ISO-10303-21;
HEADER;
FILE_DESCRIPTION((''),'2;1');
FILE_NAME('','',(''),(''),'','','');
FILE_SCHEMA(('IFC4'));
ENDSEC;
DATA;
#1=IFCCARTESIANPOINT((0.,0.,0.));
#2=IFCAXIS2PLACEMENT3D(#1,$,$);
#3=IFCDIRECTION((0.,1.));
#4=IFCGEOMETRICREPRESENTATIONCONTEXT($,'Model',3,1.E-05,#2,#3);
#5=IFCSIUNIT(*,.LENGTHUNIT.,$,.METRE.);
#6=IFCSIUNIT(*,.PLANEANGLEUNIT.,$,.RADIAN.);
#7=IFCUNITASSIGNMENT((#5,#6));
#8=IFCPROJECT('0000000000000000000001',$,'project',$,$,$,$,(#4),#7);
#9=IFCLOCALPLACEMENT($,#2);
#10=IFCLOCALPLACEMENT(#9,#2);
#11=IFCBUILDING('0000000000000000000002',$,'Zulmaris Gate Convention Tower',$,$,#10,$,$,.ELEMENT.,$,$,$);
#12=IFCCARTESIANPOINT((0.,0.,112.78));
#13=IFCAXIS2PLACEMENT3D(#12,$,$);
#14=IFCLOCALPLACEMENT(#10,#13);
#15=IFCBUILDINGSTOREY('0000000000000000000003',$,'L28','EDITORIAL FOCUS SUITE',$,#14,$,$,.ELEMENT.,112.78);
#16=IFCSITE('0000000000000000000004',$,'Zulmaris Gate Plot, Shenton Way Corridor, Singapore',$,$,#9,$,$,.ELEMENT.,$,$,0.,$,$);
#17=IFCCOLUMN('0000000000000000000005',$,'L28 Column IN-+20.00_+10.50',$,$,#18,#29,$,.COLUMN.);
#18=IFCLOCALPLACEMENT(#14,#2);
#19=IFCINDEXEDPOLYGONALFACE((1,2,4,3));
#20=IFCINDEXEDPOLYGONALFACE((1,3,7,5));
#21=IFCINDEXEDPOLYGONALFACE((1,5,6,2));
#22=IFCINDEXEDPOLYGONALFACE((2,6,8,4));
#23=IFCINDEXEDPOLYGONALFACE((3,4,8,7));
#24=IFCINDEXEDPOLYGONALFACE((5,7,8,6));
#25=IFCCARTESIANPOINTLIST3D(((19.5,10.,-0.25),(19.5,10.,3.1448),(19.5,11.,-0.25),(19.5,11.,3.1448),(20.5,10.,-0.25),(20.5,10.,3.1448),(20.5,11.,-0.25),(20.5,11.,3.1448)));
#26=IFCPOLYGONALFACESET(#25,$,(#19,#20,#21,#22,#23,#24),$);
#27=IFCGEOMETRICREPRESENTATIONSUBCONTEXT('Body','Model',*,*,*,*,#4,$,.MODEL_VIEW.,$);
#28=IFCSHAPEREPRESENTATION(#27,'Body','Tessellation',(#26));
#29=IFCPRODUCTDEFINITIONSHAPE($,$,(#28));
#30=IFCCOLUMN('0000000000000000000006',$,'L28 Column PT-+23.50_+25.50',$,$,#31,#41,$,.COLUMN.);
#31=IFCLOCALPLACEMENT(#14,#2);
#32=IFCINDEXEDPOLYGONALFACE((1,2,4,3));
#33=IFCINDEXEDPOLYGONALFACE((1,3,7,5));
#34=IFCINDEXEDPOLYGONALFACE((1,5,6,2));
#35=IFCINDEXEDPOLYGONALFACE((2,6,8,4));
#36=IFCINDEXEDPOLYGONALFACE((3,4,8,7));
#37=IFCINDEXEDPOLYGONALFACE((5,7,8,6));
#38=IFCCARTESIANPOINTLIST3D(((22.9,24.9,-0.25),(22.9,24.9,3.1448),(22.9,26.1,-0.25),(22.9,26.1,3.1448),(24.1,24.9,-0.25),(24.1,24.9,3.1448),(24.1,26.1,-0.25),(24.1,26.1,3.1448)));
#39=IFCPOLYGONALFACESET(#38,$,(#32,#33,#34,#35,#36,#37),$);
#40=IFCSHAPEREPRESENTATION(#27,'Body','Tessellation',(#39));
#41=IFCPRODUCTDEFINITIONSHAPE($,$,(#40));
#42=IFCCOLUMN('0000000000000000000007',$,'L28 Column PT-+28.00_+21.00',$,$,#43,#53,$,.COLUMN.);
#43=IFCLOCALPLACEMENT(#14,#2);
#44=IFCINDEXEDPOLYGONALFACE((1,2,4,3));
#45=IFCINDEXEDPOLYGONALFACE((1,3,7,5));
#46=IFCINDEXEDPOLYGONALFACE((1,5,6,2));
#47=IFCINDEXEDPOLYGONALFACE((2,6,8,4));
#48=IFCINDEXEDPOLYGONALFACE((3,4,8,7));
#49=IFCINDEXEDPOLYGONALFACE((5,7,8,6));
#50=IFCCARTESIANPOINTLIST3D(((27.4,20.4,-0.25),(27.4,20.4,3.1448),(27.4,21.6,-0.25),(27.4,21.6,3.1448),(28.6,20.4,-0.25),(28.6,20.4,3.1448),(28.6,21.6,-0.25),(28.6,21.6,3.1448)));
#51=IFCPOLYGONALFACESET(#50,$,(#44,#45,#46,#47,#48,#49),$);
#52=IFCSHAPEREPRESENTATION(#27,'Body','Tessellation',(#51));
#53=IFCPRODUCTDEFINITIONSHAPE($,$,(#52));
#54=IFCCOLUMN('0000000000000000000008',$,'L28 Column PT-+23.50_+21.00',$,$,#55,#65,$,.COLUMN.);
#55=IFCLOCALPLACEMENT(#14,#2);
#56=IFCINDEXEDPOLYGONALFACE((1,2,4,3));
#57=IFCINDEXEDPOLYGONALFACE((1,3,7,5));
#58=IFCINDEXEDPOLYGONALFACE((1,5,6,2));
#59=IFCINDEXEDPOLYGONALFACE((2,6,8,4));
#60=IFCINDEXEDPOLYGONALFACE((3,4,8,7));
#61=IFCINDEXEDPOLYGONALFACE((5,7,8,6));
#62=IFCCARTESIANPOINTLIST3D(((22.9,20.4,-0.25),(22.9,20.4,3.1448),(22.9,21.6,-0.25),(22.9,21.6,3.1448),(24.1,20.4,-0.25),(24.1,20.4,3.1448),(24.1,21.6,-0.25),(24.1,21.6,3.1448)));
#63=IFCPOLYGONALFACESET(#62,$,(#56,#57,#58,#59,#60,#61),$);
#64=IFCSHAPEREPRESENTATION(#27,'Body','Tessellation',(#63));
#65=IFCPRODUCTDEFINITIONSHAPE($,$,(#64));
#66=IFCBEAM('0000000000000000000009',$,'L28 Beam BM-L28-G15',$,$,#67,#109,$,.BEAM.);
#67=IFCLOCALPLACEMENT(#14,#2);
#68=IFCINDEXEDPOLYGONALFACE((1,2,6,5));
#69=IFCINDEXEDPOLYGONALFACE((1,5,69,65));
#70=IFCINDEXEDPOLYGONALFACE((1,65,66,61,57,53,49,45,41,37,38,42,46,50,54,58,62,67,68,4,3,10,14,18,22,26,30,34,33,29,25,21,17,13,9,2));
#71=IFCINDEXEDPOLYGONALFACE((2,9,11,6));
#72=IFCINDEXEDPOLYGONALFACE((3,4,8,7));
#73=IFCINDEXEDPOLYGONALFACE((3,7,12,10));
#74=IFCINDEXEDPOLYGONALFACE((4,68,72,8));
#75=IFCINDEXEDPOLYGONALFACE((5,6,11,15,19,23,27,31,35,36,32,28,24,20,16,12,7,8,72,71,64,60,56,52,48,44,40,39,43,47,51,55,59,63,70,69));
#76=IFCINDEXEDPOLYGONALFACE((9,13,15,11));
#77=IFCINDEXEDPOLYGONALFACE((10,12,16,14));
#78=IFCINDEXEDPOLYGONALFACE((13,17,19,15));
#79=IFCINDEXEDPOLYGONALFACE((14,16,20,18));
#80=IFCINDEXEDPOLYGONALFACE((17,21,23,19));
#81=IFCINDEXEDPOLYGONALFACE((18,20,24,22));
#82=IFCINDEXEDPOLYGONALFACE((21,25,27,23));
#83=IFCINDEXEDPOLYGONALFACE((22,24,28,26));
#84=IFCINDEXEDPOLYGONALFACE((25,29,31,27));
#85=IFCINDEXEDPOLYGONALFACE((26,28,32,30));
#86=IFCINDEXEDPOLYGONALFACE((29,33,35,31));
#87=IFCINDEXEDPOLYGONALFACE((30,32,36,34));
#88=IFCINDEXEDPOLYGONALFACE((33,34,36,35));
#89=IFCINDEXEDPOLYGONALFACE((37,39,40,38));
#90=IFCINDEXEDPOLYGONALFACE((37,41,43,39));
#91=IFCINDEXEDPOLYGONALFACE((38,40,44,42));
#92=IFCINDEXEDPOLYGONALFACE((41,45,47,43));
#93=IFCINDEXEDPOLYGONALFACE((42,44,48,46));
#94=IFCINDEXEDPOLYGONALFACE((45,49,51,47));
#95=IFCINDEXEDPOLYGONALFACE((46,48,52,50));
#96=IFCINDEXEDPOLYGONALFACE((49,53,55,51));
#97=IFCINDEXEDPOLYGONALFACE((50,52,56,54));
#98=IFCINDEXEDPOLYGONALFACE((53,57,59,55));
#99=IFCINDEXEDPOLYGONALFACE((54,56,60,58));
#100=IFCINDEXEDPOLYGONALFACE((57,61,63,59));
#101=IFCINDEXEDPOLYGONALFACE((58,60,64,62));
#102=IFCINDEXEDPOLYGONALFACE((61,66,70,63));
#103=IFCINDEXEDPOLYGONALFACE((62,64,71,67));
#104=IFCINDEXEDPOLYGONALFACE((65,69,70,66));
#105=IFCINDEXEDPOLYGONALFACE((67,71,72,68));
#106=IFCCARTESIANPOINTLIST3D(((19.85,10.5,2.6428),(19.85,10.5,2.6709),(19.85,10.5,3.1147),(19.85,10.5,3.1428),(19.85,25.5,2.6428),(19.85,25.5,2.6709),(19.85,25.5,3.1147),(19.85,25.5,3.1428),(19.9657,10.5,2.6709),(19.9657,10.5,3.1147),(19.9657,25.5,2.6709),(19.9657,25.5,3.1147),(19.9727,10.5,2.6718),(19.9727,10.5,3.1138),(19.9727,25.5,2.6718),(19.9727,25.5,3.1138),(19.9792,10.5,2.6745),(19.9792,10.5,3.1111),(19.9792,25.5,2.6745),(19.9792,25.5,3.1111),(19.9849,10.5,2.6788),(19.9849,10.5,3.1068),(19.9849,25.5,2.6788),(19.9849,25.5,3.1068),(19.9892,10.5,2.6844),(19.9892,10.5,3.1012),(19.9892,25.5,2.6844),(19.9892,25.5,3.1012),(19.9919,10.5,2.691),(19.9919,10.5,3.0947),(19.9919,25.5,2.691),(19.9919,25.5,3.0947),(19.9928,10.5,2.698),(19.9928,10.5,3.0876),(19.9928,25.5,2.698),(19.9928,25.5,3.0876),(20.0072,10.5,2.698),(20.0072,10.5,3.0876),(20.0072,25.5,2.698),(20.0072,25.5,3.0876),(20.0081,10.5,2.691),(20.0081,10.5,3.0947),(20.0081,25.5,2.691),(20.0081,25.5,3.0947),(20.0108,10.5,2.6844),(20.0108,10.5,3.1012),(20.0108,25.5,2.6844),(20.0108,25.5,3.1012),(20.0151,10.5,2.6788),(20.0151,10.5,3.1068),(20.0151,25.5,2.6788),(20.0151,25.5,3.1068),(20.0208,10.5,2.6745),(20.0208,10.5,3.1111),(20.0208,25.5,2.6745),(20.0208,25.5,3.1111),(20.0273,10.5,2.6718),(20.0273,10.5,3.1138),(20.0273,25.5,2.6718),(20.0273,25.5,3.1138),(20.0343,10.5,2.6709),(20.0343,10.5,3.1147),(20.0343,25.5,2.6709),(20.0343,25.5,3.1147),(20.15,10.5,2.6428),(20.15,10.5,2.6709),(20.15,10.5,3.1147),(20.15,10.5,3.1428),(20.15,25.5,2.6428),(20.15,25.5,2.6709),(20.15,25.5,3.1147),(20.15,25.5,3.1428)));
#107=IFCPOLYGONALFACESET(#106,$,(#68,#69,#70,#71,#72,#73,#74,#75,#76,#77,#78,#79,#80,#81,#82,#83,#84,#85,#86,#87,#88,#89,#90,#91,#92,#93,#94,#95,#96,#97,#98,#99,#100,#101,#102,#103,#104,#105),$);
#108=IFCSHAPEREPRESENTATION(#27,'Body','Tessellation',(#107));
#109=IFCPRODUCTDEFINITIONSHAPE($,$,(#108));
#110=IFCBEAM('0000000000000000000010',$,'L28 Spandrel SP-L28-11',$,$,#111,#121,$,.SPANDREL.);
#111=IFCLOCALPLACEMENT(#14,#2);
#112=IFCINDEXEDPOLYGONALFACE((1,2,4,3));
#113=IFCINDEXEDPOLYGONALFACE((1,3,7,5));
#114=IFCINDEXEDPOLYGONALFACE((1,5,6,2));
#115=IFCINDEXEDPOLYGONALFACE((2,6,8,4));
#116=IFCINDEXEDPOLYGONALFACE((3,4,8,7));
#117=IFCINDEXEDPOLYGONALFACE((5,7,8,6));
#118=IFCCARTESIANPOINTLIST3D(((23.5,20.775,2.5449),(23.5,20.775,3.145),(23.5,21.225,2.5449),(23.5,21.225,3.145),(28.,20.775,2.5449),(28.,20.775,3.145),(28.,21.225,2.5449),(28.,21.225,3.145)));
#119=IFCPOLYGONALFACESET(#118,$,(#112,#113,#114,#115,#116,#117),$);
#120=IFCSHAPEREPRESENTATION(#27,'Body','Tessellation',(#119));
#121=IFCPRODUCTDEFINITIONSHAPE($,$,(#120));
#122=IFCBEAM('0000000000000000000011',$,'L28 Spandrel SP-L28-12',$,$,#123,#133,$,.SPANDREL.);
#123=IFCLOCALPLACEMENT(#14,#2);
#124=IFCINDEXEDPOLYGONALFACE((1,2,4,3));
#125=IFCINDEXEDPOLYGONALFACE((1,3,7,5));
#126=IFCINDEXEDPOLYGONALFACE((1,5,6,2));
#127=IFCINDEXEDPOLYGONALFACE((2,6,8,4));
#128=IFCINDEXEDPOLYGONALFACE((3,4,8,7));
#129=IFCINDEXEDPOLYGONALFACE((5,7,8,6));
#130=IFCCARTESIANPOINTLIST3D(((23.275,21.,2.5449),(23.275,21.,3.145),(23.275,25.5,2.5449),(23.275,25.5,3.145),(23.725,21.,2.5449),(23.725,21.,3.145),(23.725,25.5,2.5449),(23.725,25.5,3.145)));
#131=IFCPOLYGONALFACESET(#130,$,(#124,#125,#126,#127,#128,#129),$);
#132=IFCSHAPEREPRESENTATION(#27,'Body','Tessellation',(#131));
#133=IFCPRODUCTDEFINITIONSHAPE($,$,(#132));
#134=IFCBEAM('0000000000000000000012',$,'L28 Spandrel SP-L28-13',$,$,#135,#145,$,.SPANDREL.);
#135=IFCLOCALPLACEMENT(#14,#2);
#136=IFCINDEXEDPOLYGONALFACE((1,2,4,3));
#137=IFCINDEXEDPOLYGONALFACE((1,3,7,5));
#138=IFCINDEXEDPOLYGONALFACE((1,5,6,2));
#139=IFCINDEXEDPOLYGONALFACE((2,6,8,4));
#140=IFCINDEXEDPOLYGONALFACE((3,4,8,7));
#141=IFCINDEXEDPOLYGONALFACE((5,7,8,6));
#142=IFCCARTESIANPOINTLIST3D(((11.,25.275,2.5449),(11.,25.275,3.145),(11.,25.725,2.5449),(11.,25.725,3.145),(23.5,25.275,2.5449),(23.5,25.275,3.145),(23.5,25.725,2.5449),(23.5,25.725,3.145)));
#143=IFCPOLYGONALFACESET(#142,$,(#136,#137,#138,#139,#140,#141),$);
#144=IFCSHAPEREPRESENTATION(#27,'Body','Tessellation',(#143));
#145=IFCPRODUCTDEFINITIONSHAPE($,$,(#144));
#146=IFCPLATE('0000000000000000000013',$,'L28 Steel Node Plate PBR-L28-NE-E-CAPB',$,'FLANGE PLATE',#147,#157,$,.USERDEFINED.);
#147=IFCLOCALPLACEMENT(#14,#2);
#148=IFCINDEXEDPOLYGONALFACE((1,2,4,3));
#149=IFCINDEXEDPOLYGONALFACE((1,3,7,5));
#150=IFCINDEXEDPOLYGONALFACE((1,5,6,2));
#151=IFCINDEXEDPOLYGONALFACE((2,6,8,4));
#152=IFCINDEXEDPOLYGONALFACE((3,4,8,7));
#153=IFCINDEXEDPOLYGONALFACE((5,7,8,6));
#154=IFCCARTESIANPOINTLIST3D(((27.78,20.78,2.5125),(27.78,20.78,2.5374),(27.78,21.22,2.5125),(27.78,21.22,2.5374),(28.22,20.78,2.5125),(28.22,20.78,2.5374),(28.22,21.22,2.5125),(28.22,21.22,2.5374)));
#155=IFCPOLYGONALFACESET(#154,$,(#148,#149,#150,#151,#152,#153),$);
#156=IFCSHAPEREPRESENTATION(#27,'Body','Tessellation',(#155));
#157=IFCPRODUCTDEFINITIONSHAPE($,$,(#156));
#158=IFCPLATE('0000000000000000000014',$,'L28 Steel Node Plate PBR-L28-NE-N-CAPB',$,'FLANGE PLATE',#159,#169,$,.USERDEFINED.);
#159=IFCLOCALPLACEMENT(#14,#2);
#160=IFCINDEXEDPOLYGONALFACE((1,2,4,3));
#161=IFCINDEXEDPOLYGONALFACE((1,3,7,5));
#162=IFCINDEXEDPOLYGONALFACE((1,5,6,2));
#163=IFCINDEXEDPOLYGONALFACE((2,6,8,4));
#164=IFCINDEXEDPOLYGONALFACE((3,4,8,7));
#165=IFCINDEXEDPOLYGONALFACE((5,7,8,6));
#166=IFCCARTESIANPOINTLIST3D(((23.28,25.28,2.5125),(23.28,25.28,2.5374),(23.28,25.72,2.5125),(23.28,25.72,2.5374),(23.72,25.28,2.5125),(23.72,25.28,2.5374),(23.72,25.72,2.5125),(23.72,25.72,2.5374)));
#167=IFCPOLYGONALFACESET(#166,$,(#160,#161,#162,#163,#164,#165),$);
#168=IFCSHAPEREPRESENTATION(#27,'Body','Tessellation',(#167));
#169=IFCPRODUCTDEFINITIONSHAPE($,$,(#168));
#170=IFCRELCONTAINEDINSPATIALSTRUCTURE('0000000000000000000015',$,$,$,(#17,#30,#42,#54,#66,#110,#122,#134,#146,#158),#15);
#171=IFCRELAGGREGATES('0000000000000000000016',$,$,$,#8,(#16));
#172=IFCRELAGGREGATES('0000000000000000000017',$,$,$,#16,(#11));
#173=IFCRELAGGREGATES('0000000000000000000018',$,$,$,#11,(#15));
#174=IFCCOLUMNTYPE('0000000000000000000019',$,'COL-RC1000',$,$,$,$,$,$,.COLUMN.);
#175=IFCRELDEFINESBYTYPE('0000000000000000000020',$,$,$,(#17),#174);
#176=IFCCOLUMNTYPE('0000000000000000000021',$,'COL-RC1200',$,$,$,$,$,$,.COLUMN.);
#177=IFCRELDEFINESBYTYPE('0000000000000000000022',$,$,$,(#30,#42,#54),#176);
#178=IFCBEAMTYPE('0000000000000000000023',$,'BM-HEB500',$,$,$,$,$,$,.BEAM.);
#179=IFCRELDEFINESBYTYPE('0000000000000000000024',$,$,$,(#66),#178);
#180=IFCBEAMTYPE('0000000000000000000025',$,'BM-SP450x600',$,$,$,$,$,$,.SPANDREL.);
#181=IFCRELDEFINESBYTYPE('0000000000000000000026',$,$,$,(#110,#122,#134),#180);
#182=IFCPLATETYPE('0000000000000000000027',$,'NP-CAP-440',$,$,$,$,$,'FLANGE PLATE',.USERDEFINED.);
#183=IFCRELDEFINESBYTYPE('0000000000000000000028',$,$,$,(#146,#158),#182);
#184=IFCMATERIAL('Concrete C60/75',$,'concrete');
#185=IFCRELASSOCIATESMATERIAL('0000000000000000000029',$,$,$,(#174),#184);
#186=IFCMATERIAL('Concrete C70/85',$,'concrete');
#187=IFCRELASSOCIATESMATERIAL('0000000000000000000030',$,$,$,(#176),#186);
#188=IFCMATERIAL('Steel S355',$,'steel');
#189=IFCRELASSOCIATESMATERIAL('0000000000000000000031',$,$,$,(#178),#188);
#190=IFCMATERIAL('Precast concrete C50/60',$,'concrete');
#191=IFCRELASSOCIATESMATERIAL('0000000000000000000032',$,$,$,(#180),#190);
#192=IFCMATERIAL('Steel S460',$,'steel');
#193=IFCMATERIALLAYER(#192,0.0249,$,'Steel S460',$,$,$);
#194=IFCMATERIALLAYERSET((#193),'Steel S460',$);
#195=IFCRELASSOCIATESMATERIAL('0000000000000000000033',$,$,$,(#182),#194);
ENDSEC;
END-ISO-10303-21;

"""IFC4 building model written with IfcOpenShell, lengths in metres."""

from ifc_helpers import new_model, si_unit, direction, frame, origin, origin_2d, place, context, subcontext, project, spatial, rectangle, i_section, extrude, material, layer, layer_set, material_profile, profile_set, type_object, element, save


model = new_model("IFC4")

# Units and contexts
model_context = context("Model", 3, precision=1e-05, world=origin(), true_north=direction((0.0, 1.0)))
body_context = subcontext(model_context, "Body", "Model", "MODEL_VIEW")
ifc_project = project(units=[si_unit("LENGTHUNIT", "METRE"), si_unit("PLANEANGLEUNIT", "RADIAN")], contexts=[model_context])

# Site, building, storey
site_placement = place(None, origin())
site = spatial("IfcSite", under=ifc_project, at=site_placement, Name="Zulmaris Gate Plot, Shenton Way Corridor, Singapore", CompositionType="ELEMENT", RefElevation=0.0)
building_placement = place(site_placement, origin())
building = spatial("IfcBuilding", under=site, at=building_placement, Name="Zulmaris Gate Convention Tower", CompositionType="ELEMENT")
storey_placement = place(building_placement, frame((0.0, 0.0, 112.78)))
storey = spatial("IfcBuildingStorey", under=building, at=storey_placement, Name="L28", Description="EDITORIAL FOCUS SUITE", CompositionType="ELEMENT", Elevation=112.78)

# Columns
ifc_material_1 = material(Name="Concrete C60/75", Category="concrete")
ifc_material_profile_1 = material_profile(ifc_material_1, rectangle(XDim=1.0, YDim=1.0, at=origin_2d()), Name="RC COL 1000x1000")
ifc_profile_set_1 = profile_set([ifc_material_profile_1], Name="Concrete C60/75")
column_type_1 = type_object("IfcColumnType", Name="COL-RC1000", PredefinedType="COLUMN", material=ifc_profile_set_1)
column_placement = place(storey_placement, frame((20.0, 10.5, -0.25), z_axis=(0.0, 0.0, 1.0), x_axis=(1.0, 0.0, 0.0)))
element("IfcColumn", 1, at=column_placement, inside=storey, type_object=column_type_1, Name="L28 Column IN-+20.00_+10.50", PredefinedType="COLUMN", context=body_context, shape_type="SweptSolid", body=[
    extrude(rectangle(XDim=1.0, YDim=1.0, at=origin_2d()), origin(), (0.0, 0.0, 1.0), 3.3948),
])
ifc_material_2 = material(Name="Concrete C70/85", Category="concrete")
ifc_material_profile_2 = material_profile(ifc_material_2, rectangle(XDim=1.2, YDim=1.2, at=origin_2d()), Name="RC COL 1200x1200")
ifc_profile_set_2 = profile_set([ifc_material_profile_2], Name="Concrete C70/85")
column_type_2 = type_object("IfcColumnType", Name="COL-RC1200", PredefinedType="COLUMN", material=ifc_profile_set_2)
for number, where, z_axis, x_axis, name in (
    (2, (23.5, 25.5, -0.25), (0.0, 0.0, 1.0), (1.0, 0.0, 0.0), "L28 Column PT-+23.50_+25.50"),
    (3, (28.0, 21.0, -0.25), (0.0, 0.0, 1.0), (1.0, 0.0, 0.0), "L28 Column PT-+28.00_+21.00"),
    (4, (23.5, 21.0, -0.25), (0.0, 0.0, 1.0), (1.0, 0.0, 0.0), "L28 Column PT-+23.50_+21.00"),
):
    element("IfcColumn", number, at=place(storey_placement, frame(where, z_axis=z_axis, x_axis=x_axis)), inside=storey, type_object=column_type_2, Name=name, PredefinedType="COLUMN", context=body_context, shape_type="SweptSolid", body=[
        extrude(rectangle(XDim=1.2, YDim=1.2, at=origin_2d()), origin(), (0.0, 0.0, 1.0), 3.3948),
    ])

# Beams
ifc_material_3 = material(Name="Steel S355", Category="steel")
ifc_material_profile_3 = material_profile(ifc_material_3, i_section(OverallWidth=0.3, OverallDepth=0.5, WebThickness=0.0144, FlangeThickness=0.0281, FilletRadius=0.0271, at=origin_2d()), Name="HEB 500")
ifc_profile_set_3 = profile_set([ifc_material_profile_3], Name="Steel S355")
beam_type_1 = type_object("IfcBeamType", Name="BM-HEB500", PredefinedType="BEAM", material=ifc_profile_set_3)
beam_1_placement = place(storey_placement, frame((20.0, 10.5, 2.8928), z_axis=(0.0, 1.0, 0.0), x_axis=(-1.0, 0.0, 0.0)))
element("IfcBeam", 5, at=beam_1_placement, inside=storey, type_object=beam_type_1, Name="L28 Beam BM-L28-G15", PredefinedType="BEAM", context=body_context, shape_type="SweptSolid", body=[
    extrude(i_section(OverallWidth=0.3, OverallDepth=0.5, WebThickness=0.0144, FlangeThickness=0.0281, FilletRadius=0.0271, at=origin_2d()), origin(), (0.0, 0.0, 1.0), 15.0),
])
ifc_material_4 = material(Name="Precast concrete C50/60", Category="concrete")
ifc_material_profile_4 = material_profile(ifc_material_4, rectangle(XDim=0.45, YDim=0.6001, at=origin_2d()), Name="RC SPANDREL 450x600")
ifc_profile_set_4 = profile_set([ifc_material_profile_4], Name="Precast concrete C50/60")
beam_type_2 = type_object("IfcBeamType", Name="BM-SP450x600", PredefinedType="SPANDREL", material=ifc_profile_set_4)
for number, where, z_axis, x_axis, name in (
    (6, (28.0, 21.0, 2.845), (-1.0, 0.0, 0.0), (0.0, -1.0, 0.0), "L28 Spandrel SP-L28-11"),
    (7, (23.5, 21.0, 2.845), (0.0, 1.0, 0.0), (-1.0, 0.0, 0.0), "L28 Spandrel SP-L28-12"),
):
    element("IfcBeam", number, at=place(storey_placement, frame(where, z_axis=z_axis, x_axis=x_axis)), inside=storey, type_object=beam_type_2, Name=name, PredefinedType="SPANDREL", context=body_context, shape_type="SweptSolid", body=[
        extrude(rectangle(XDim=0.45, YDim=0.6001, at=origin_2d()), origin(), (0.0, 0.0, 1.0), 4.5),
    ])
beam_2_placement = place(storey_placement, frame((23.5, 25.5, 2.845), z_axis=(-1.0, 0.0, 0.0), x_axis=(0.0, -1.0, 0.0)))
element("IfcBeam", 8, at=beam_2_placement, inside=storey, type_object=beam_type_2, Name="L28 Spandrel SP-L28-13", PredefinedType="SPANDREL", context=body_context, shape_type="SweptSolid", body=[
    extrude(rectangle(XDim=0.45, YDim=0.6001, at=origin_2d()), origin(), (0.0, 0.0, 1.0), 12.5),
])

# Plates
ifc_material_5 = material(Name="Steel S460", Category="steel")
ifc_layer_1 = layer(ifc_material_5, 0.0249, Name="Steel S460")
ifc_layer_set_1 = layer_set([ifc_layer_1], Name="Steel S460")
plate_type = type_object("IfcPlateType", Name="NP-CAP-440", ElementType="FLANGE PLATE", PredefinedType="USERDEFINED", material=ifc_layer_set_1)
for number, where, z_axis, x_axis, name in (
    (9, (28.0, 21.0, 2.5125), (0.0, 0.0, 1.0), (1.0, 0.0, 0.0), "L28 Steel Node Plate PBR-L28-NE-E-CAPB"),
    (10, (23.5, 25.5, 2.5125), (0.0, 0.0, 1.0), (1.0, 0.0, 0.0), "L28 Steel Node Plate PBR-L28-NE-N-CAPB"),
):
    element("IfcPlate", number, at=place(storey_placement, frame(where, z_axis=z_axis, x_axis=x_axis)), inside=storey, type_object=plate_type, Name=name, ObjectType="FLANGE PLATE", PredefinedType="USERDEFINED", context=body_context, shape_type="SweptSolid", body=[
        extrude(rectangle(XDim=0.4399, YDim=0.4399, at=origin_2d()), origin(), (0.0, 0.0, 1.0), 0.0249),
    ])

save(model, "model.ifc")
